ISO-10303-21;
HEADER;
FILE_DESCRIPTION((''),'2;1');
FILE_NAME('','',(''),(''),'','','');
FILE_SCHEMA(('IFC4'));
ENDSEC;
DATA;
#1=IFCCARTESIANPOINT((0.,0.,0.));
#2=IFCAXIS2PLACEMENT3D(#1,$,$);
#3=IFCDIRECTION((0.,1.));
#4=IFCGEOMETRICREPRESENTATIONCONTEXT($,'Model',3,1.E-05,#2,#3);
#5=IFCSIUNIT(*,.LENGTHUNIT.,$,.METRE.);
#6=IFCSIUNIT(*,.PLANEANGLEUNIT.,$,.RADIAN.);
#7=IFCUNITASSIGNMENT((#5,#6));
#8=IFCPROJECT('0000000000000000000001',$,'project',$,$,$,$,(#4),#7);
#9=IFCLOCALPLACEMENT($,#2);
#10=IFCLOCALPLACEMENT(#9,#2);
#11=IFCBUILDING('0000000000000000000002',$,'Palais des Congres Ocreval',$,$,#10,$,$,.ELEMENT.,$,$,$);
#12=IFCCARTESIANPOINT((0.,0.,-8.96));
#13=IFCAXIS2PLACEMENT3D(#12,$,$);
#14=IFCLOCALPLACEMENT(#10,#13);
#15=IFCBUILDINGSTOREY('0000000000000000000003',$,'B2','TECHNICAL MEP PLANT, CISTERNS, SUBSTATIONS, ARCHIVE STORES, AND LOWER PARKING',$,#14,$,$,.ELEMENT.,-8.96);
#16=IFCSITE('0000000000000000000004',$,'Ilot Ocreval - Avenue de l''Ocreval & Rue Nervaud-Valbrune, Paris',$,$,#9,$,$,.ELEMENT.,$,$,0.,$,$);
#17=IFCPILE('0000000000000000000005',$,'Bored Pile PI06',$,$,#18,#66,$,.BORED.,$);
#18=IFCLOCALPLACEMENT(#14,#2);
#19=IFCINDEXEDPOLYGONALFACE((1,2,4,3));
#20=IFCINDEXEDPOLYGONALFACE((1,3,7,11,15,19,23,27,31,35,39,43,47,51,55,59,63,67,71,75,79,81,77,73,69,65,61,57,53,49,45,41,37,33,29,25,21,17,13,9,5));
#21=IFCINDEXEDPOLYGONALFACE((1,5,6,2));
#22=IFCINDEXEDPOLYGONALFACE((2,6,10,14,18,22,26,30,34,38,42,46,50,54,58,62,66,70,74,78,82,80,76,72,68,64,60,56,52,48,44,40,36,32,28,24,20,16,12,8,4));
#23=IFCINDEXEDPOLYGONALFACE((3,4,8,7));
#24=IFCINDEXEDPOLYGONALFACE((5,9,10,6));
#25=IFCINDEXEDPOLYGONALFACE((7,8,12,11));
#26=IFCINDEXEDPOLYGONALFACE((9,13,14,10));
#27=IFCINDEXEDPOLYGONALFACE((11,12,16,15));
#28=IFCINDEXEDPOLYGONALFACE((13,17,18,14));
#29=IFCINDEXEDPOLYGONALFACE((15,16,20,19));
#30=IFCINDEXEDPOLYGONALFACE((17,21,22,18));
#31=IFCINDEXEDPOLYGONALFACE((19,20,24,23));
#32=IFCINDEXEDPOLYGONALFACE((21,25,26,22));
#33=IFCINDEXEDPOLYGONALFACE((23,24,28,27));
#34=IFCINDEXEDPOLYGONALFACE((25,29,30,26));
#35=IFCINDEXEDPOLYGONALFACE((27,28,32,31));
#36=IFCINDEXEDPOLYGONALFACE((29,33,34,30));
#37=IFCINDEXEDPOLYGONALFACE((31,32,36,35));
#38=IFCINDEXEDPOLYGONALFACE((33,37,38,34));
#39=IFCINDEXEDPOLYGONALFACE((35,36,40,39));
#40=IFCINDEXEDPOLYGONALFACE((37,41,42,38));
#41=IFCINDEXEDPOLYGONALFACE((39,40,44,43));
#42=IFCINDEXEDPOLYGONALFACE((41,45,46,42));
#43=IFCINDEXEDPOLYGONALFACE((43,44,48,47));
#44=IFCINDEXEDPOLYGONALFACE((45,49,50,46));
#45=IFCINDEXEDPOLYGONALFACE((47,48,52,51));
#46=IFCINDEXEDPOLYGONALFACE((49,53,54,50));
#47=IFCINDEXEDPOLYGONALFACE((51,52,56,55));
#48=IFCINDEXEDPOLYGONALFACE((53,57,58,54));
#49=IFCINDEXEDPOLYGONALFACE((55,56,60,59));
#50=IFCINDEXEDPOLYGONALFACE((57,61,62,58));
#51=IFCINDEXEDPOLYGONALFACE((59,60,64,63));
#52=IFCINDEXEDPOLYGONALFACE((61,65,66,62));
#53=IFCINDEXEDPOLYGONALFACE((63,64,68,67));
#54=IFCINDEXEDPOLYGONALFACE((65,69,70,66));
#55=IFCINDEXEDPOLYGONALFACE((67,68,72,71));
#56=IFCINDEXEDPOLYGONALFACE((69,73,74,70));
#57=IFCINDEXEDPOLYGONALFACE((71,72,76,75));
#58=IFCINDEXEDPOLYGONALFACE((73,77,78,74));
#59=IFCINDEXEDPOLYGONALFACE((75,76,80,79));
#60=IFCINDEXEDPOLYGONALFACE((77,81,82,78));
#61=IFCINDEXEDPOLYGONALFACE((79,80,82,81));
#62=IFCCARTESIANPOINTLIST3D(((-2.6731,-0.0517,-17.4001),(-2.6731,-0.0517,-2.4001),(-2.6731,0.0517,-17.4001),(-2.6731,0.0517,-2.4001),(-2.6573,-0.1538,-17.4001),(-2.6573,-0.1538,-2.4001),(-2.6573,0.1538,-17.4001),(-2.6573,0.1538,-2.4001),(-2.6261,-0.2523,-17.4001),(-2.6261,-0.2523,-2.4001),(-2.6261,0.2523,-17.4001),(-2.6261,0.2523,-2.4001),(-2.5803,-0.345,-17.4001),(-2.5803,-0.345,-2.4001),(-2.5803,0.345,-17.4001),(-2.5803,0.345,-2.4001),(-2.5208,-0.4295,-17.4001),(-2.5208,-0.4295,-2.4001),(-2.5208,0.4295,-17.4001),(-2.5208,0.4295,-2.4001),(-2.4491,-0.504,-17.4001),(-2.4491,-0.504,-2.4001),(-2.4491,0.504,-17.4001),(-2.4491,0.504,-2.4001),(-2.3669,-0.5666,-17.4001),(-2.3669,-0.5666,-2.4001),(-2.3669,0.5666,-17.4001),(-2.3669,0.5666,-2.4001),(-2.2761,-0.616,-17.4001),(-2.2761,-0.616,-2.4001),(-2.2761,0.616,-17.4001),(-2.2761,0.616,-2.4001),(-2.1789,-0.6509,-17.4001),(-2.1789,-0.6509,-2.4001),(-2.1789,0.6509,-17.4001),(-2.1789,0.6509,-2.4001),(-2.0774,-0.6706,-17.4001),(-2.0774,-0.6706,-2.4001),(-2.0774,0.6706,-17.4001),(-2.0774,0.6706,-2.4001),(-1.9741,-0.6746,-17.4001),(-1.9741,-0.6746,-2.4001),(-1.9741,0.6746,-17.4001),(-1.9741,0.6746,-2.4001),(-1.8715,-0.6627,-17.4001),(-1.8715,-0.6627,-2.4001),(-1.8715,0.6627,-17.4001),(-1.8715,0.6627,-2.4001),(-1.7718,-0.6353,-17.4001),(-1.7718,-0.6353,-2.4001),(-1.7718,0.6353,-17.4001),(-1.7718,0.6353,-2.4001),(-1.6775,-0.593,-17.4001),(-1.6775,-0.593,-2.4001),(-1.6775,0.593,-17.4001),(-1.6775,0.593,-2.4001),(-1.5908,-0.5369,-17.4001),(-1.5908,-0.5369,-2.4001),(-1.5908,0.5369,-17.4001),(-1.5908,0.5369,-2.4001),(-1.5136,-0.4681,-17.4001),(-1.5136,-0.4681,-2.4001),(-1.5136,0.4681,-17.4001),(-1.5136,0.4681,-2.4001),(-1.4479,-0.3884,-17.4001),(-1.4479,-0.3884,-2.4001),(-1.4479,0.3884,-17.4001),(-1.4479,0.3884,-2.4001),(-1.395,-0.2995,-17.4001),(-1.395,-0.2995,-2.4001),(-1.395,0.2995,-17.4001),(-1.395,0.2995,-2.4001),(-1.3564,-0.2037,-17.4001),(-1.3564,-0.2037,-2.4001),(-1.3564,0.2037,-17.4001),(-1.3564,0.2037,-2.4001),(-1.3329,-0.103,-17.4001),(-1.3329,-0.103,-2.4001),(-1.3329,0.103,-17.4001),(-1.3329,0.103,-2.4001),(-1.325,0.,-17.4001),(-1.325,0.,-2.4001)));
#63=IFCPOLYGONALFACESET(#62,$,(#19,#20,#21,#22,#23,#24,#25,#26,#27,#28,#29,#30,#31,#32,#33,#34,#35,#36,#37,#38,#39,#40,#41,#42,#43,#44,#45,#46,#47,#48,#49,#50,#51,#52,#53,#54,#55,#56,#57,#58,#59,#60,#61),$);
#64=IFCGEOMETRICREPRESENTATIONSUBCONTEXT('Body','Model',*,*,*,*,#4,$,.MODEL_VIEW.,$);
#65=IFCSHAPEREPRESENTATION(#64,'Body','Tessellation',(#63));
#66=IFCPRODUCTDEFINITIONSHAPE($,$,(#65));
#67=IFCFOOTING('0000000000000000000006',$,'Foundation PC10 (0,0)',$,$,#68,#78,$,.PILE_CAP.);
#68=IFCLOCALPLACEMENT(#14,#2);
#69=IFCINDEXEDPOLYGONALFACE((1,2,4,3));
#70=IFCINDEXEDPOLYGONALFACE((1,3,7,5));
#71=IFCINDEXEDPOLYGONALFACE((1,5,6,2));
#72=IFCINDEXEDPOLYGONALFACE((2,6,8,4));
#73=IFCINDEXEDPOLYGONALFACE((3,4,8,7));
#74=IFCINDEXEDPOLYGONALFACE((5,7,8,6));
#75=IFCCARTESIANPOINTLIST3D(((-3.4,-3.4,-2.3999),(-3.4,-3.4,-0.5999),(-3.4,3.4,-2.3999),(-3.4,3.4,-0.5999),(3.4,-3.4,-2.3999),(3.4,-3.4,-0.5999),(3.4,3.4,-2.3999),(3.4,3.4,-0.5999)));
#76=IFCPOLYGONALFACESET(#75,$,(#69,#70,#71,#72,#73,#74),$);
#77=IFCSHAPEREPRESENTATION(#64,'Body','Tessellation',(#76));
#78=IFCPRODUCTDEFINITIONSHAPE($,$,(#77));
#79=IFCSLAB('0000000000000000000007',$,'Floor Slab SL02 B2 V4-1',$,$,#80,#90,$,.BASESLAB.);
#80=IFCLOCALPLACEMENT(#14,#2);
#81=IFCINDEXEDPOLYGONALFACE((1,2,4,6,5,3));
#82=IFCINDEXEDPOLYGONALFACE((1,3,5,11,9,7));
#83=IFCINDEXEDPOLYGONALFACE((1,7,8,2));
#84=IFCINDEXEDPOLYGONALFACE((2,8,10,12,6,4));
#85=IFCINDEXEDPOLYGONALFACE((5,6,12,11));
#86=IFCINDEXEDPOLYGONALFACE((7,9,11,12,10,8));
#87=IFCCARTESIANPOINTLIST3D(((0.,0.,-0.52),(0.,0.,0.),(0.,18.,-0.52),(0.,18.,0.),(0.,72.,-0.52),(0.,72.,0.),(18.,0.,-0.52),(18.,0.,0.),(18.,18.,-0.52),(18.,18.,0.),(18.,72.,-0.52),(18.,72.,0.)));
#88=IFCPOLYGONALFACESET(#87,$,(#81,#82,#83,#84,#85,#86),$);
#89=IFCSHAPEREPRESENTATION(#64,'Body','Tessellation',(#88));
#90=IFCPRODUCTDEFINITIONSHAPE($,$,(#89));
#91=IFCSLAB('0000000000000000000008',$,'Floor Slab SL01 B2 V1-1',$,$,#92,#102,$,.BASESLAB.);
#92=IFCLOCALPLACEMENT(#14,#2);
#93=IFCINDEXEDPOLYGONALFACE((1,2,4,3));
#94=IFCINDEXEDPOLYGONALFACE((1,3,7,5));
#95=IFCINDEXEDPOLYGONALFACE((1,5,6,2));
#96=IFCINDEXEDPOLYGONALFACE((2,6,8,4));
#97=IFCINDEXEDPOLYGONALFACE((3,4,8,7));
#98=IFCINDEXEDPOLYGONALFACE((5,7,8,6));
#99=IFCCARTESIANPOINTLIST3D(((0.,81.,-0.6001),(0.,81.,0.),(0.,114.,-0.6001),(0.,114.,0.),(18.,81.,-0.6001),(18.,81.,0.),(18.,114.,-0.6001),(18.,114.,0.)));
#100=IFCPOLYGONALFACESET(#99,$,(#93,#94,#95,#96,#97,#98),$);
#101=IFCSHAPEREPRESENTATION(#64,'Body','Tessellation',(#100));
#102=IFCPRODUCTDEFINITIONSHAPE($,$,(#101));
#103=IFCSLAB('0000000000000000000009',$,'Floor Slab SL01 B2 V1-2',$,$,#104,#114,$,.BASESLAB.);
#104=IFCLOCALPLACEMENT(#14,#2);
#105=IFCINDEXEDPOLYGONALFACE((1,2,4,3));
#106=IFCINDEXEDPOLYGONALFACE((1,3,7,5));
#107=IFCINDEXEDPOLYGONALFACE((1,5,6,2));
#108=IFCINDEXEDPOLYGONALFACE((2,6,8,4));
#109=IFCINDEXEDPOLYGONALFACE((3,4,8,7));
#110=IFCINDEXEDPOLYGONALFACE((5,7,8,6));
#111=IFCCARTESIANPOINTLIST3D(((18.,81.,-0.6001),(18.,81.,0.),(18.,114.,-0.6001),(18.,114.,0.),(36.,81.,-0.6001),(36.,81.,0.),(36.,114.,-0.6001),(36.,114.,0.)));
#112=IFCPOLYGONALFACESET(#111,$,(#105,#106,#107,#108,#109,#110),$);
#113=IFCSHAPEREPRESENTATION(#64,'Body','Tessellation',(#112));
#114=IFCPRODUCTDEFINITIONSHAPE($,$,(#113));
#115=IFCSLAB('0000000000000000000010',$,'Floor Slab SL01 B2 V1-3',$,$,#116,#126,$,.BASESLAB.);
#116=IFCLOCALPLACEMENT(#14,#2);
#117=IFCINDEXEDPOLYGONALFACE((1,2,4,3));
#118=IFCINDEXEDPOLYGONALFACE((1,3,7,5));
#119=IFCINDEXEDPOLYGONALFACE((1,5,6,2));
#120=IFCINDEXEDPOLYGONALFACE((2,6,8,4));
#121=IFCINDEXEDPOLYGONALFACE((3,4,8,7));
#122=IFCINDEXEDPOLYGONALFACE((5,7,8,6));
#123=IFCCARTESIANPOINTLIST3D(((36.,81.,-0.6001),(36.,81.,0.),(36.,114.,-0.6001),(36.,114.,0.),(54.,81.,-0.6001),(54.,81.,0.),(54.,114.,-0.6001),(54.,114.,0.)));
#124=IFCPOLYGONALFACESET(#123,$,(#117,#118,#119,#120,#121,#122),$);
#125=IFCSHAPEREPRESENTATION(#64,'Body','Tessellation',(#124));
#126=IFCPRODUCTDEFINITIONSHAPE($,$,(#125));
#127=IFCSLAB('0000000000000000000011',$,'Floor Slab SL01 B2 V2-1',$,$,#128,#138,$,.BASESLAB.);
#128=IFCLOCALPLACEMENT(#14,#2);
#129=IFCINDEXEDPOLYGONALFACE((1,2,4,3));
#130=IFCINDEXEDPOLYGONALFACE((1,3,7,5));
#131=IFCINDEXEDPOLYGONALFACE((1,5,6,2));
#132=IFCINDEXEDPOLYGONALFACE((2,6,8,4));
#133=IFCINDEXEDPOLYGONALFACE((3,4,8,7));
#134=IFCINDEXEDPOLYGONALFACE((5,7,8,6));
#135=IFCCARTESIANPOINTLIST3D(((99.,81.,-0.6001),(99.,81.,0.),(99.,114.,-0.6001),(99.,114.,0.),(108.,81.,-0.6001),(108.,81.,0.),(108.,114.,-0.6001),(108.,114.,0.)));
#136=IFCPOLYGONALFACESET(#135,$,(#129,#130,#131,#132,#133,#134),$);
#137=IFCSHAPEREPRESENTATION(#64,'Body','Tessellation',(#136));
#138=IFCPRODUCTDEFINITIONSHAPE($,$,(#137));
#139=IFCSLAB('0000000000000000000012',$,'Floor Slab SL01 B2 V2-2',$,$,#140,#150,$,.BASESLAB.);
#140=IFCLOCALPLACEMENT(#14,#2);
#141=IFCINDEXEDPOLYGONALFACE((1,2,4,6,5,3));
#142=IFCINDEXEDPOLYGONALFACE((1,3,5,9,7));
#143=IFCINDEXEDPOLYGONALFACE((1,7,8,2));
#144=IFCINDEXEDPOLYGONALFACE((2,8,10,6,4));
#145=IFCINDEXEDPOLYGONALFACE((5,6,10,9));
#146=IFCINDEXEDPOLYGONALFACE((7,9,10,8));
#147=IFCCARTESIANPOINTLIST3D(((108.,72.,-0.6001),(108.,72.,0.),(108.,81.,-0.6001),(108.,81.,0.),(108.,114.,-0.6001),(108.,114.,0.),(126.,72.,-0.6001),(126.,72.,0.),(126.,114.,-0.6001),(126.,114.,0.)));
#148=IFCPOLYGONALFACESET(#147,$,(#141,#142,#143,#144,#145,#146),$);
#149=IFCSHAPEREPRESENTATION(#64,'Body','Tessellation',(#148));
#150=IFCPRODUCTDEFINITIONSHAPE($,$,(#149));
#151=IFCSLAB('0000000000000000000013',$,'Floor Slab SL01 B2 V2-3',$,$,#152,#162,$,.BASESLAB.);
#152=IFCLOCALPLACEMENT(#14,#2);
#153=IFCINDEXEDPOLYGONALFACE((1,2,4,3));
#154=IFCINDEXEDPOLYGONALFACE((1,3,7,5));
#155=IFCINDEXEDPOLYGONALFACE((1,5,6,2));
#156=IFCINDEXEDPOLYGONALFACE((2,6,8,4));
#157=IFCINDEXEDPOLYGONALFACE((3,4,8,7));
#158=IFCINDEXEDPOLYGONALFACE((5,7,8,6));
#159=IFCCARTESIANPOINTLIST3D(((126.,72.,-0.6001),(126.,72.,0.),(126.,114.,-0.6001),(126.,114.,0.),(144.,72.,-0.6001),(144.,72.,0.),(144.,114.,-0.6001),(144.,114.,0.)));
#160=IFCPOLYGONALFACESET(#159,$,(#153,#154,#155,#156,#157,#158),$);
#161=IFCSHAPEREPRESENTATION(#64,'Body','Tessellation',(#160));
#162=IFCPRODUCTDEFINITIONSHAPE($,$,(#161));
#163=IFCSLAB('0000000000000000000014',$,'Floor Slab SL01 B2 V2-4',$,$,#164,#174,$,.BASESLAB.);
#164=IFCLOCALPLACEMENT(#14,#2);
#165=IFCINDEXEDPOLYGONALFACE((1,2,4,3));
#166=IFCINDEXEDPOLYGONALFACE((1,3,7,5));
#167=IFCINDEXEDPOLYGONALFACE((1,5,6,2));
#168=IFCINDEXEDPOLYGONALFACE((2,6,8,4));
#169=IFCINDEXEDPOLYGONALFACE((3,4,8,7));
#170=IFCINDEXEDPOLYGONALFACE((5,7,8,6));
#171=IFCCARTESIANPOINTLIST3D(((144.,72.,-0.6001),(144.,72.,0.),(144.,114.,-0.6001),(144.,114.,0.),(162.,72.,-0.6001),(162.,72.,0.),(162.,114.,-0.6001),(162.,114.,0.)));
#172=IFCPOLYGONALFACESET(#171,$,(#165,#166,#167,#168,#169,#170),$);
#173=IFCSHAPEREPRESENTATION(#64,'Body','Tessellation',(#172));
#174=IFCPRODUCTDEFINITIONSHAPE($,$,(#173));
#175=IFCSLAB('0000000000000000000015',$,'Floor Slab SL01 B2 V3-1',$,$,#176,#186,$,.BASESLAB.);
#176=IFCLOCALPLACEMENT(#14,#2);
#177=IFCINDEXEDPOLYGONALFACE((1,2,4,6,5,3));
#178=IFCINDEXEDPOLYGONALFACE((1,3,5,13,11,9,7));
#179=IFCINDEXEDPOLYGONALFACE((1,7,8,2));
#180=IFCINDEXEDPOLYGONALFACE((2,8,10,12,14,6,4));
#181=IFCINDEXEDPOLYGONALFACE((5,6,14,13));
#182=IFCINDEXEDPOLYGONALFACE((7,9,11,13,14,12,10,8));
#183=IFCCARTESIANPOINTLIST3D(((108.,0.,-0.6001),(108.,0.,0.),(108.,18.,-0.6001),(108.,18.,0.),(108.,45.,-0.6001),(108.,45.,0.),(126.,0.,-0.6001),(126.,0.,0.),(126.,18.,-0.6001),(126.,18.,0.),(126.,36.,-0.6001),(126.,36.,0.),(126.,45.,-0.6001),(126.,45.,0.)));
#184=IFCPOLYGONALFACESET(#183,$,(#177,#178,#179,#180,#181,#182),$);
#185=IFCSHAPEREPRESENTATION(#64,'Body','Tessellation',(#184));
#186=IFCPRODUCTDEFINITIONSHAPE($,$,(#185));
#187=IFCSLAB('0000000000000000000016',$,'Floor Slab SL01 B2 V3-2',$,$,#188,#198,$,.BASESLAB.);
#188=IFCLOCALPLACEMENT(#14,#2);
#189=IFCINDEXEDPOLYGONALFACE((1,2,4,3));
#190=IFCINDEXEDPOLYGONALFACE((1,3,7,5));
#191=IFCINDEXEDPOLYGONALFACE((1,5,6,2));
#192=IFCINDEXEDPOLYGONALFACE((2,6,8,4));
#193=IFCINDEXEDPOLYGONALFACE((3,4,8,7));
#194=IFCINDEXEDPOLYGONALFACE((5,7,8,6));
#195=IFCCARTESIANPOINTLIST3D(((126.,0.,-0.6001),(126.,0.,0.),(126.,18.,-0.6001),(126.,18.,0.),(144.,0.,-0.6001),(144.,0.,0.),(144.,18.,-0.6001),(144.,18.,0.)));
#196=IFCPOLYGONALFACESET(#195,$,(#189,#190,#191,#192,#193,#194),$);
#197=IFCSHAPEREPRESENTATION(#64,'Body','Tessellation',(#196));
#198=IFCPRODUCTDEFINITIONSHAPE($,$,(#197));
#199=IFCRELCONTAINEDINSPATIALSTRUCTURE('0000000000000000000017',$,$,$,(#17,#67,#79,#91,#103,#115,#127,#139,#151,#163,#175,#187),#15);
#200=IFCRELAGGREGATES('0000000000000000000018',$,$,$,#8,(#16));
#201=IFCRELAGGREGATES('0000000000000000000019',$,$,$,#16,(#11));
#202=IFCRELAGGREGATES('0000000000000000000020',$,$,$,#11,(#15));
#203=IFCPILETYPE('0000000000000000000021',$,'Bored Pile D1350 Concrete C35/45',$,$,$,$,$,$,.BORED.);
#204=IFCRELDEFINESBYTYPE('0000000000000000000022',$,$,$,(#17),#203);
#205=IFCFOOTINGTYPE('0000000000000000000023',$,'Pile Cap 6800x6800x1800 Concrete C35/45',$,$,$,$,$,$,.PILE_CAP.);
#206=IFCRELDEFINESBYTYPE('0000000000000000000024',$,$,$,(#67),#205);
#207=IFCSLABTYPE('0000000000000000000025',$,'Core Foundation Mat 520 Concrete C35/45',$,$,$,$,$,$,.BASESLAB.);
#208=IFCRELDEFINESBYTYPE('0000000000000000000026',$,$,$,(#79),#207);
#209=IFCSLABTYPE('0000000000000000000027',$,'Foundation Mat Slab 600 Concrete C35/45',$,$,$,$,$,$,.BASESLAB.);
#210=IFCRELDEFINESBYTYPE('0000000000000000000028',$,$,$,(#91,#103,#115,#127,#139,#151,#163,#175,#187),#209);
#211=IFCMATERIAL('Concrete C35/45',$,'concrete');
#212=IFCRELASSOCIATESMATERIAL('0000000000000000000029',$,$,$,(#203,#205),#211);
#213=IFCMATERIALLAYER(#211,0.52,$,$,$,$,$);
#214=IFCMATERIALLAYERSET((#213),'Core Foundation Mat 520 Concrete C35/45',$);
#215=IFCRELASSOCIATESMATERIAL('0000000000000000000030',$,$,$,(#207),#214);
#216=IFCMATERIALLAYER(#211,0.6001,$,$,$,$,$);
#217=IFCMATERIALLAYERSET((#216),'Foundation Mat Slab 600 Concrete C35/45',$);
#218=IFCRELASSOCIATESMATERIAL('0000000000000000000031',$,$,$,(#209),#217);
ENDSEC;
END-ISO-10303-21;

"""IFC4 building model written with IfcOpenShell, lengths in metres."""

from ifc_helpers import new_model, si_unit, direction, frame, origin, origin_2d, place, context, subcontext, project, spatial, polyline, rectangle, circle, outline, extrude, material, layer, layer_set, material_profile, profile_set, type_object, element, save


model = new_model("IFC4")

# Units and contexts
model_context = context("Model", 3, precision=1e-05, world=origin(), true_north=direction((0.0, 1.0)))
body_context = subcontext(model_context, "Body", "Model", "MODEL_VIEW")
ifc_project = project(units=[si_unit("LENGTHUNIT", "METRE"), si_unit("PLANEANGLEUNIT", "RADIAN")], contexts=[model_context])

# Site, building, storey
site_placement = place(None, origin())
site = spatial("IfcSite", under=ifc_project, at=site_placement, Name="Ilot Ocreval - Avenue de l'Ocreval & Rue Nervaud-Valbrune, Paris", CompositionType="ELEMENT", RefElevation=0.0)
building_placement = place(site_placement, origin())
building = spatial("IfcBuilding", under=site, at=building_placement, Name="Palais des Congres Ocreval", CompositionType="ELEMENT")
storey_placement = place(building_placement, frame((0.0, 0.0, -8.96)))
storey = spatial("IfcBuildingStorey", under=building, at=storey_placement, Name="B2", Description="TECHNICAL MEP PLANT, CISTERNS, SUBSTATIONS, ARCHIVE STORES, AND LOWER PARKING", CompositionType="ELEMENT", Elevation=-8.96)

# Pile
ifc_material = material(Name="Concrete C35/45", Category="concrete")
ifc_material_profile = material_profile(ifc_material, circle(Radius=0.675, at=origin_2d()), Name="BORED PILE 1350")
ifc_profile_set = profile_set([ifc_material_profile], Name="Concrete C35/45")
pile_type = type_object("IfcPileType", Name="Bored Pile D1350 Concrete C35/45", PredefinedType="BORED", material=ifc_profile_set)
pile_placement = place(storey_placement, frame((-2.0, 0.0, -2.4001), z_axis=(0.0, 0.0, -1.0), x_axis=(1.0, 0.0, 0.0)))
element("IfcPile", 1, at=pile_placement, inside=storey, type_object=pile_type, Name="Bored Pile PI06", PredefinedType="BORED", context=body_context, shape_type="SweptSolid", body=[
    extrude(circle(Radius=0.675, at=origin_2d()), origin(), (0.0, 0.0, 1.0), 15.0),
])

# Footing
footing_type = type_object("IfcFootingType", Name="Pile Cap 6800x6800x1800 Concrete C35/45", PredefinedType="PILE_CAP", material=ifc_material)
footing_placement = place(storey_placement, frame((0.0, 0.0, -2.3999), z_axis=(0.0, 0.0, 1.0), x_axis=(1.0, 0.0, 0.0)))
element("IfcFooting", 2, at=footing_placement, inside=storey, type_object=footing_type, Name="Foundation PC10 (0,0)", PredefinedType="PILE_CAP", context=body_context, shape_type="SweptSolid", body=[
    extrude(rectangle(XDim=6.8, YDim=6.8, at=origin_2d()), origin(), (0.0, 0.0, 1.0), 1.8),
])

# Slabs
ifc_layer_1 = layer(ifc_material, 0.52)
ifc_layer_set_1 = layer_set([ifc_layer_1], Name="Core Foundation Mat 520 Concrete C35/45")
slab_type_1 = type_object("IfcSlabType", Name="Core Foundation Mat 520 Concrete C35/45", PredefinedType="BASESLAB", material=ifc_layer_set_1)
slab_1_placement = place(storey_placement, frame((0.0, 0.0, -0.52)))
element("IfcSlab", 3, at=slab_1_placement, inside=storey, type_object=slab_type_1, Name="Floor Slab SL02 B2 V4-1", PredefinedType="BASESLAB", context=body_context, shape_type="SweptSolid", body=[
    extrude(outline(polyline([(0.0, 0.0), (0.0, 18.0), (0.0, 72.0), (18.0, 72.0), (18.0, 18.0), (18.0, 0.0), (0.0, 0.0)])), origin(), (0.0, 0.0, 1.0), 0.52),
])
ifc_layer_2 = layer(ifc_material, 0.6001)
ifc_layer_set_2 = layer_set([ifc_layer_2], Name="Foundation Mat Slab 600 Concrete C35/45")
slab_type_2 = type_object("IfcSlabType", Name="Foundation Mat Slab 600 Concrete C35/45", PredefinedType="BASESLAB", material=ifc_layer_set_2)
slab_2_placement = place(storey_placement, frame((0.0, 0.0, -0.6001)))
element("IfcSlab", 4, at=slab_2_placement, inside=storey, type_object=slab_type_2, Name="Floor Slab SL01 B2 V1-1", PredefinedType="BASESLAB", context=body_context, shape_type="SweptSolid", body=[
    extrude(outline(polyline([(18.0, 114.0), (18.0, 81.0), (0.0, 81.0), (0.0, 114.0), (18.0, 114.0)])), origin(), (0.0, 0.0, 1.0), 0.6001),
])
slab_3_placement = place(storey_placement, frame((0.0, 0.0, -0.6001)))
element("IfcSlab", 5, at=slab_3_placement, inside=storey, type_object=slab_type_2, Name="Floor Slab SL01 B2 V1-2", PredefinedType="BASESLAB", context=body_context, shape_type="SweptSolid", body=[
    extrude(outline(polyline([(36.0, 114.0), (36.0, 81.0), (18.0, 81.0), (18.0, 114.0), (36.0, 114.0)])), origin(), (0.0, 0.0, 1.0), 0.6001),
])
slab_4_placement = place(storey_placement, frame((0.0, 0.0, -0.6001)))
element("IfcSlab", 6, at=slab_4_placement, inside=storey, type_object=slab_type_2, Name="Floor Slab SL01 B2 V1-3", PredefinedType="BASESLAB", context=body_context, shape_type="SweptSolid", body=[
    extrude(outline(polyline([(54.0, 81.0), (36.0, 81.0), (36.0, 114.0), (54.0, 114.0), (54.0, 81.0)])), origin(), (0.0, 0.0, 1.0), 0.6001),
])
slab_5_placement = place(storey_placement, frame((0.0, 0.0, -0.6001)))
element("IfcSlab", 7, at=slab_5_placement, inside=storey, type_object=slab_type_2, Name="Floor Slab SL01 B2 V2-1", PredefinedType="BASESLAB", context=body_context, shape_type="SweptSolid", body=[
    extrude(outline(polyline([(99.0, 81.0), (99.0, 114.0), (108.0, 114.0), (108.0, 81.0), (99.0, 81.0)])), origin(), (0.0, 0.0, 1.0), 0.6001),
])
slab_6_placement = place(storey_placement, frame((0.0, 0.0, -0.6001)))
element("IfcSlab", 8, at=slab_6_placement, inside=storey, type_object=slab_type_2, Name="Floor Slab SL01 B2 V2-2", PredefinedType="BASESLAB", context=body_context, shape_type="SweptSolid", body=[
    extrude(outline(polyline([(108.0, 72.0), (108.0, 81.0), (108.0, 114.0), (126.0, 114.0), (126.0, 72.0), (108.0, 72.0)])), origin(), (0.0, 0.0, 1.0), 0.6001),
])
slab_7_placement = place(storey_placement, frame((0.0, 0.0, -0.6001)))
element("IfcSlab", 9, at=slab_7_placement, inside=storey, type_object=slab_type_2, Name="Floor Slab SL01 B2 V2-3", PredefinedType="BASESLAB", context=body_context, shape_type="SweptSolid", body=[
    extrude(outline(polyline([(126.0, 72.0), (126.0, 114.0), (144.0, 114.0), (144.0, 72.0), (126.0, 72.0)])), origin(), (0.0, 0.0, 1.0), 0.6001),
])
slab_8_placement = place(storey_placement, frame((0.0, 0.0, -0.6001)))
element("IfcSlab", 10, at=slab_8_placement, inside=storey, type_object=slab_type_2, Name="Floor Slab SL01 B2 V2-4", PredefinedType="BASESLAB", context=body_context, shape_type="SweptSolid", body=[
    extrude(outline(polyline([(162.0, 72.0), (144.0, 72.0), (144.0, 114.0), (162.0, 114.0), (162.0, 72.0)])), origin(), (0.0, 0.0, 1.0), 0.6001),
])
slab_9_placement = place(storey_placement, frame((0.0, 0.0, -0.6001)))
element("IfcSlab", 11, at=slab_9_placement, inside=storey, type_object=slab_type_2, Name="Floor Slab SL01 B2 V3-1", PredefinedType="BASESLAB", context=body_context, shape_type="SweptSolid", body=[
    extrude(outline(polyline([(108.0, 0.0), (108.0, 18.0), (108.0, 45.0), (126.0, 45.0), (126.0, 36.0), (126.0, 18.0), (126.0, 0.0), (108.0, 0.0)])), origin(), (0.0, 0.0, 1.0), 0.6001),
])
slab_10_placement = place(storey_placement, frame((0.0, 0.0, -0.6001)))
element("IfcSlab", 12, at=slab_10_placement, inside=storey, type_object=slab_type_2, Name="Floor Slab SL01 B2 V3-2", PredefinedType="BASESLAB", context=body_context, shape_type="SweptSolid", body=[
    extrude(outline(polyline([(126.0, 0.0), (126.0, 18.0), (144.0, 18.0), (144.0, 0.0), (126.0, 0.0)])), origin(), (0.0, 0.0, 1.0), 0.6001),
])

save(model, "model.ifc")
